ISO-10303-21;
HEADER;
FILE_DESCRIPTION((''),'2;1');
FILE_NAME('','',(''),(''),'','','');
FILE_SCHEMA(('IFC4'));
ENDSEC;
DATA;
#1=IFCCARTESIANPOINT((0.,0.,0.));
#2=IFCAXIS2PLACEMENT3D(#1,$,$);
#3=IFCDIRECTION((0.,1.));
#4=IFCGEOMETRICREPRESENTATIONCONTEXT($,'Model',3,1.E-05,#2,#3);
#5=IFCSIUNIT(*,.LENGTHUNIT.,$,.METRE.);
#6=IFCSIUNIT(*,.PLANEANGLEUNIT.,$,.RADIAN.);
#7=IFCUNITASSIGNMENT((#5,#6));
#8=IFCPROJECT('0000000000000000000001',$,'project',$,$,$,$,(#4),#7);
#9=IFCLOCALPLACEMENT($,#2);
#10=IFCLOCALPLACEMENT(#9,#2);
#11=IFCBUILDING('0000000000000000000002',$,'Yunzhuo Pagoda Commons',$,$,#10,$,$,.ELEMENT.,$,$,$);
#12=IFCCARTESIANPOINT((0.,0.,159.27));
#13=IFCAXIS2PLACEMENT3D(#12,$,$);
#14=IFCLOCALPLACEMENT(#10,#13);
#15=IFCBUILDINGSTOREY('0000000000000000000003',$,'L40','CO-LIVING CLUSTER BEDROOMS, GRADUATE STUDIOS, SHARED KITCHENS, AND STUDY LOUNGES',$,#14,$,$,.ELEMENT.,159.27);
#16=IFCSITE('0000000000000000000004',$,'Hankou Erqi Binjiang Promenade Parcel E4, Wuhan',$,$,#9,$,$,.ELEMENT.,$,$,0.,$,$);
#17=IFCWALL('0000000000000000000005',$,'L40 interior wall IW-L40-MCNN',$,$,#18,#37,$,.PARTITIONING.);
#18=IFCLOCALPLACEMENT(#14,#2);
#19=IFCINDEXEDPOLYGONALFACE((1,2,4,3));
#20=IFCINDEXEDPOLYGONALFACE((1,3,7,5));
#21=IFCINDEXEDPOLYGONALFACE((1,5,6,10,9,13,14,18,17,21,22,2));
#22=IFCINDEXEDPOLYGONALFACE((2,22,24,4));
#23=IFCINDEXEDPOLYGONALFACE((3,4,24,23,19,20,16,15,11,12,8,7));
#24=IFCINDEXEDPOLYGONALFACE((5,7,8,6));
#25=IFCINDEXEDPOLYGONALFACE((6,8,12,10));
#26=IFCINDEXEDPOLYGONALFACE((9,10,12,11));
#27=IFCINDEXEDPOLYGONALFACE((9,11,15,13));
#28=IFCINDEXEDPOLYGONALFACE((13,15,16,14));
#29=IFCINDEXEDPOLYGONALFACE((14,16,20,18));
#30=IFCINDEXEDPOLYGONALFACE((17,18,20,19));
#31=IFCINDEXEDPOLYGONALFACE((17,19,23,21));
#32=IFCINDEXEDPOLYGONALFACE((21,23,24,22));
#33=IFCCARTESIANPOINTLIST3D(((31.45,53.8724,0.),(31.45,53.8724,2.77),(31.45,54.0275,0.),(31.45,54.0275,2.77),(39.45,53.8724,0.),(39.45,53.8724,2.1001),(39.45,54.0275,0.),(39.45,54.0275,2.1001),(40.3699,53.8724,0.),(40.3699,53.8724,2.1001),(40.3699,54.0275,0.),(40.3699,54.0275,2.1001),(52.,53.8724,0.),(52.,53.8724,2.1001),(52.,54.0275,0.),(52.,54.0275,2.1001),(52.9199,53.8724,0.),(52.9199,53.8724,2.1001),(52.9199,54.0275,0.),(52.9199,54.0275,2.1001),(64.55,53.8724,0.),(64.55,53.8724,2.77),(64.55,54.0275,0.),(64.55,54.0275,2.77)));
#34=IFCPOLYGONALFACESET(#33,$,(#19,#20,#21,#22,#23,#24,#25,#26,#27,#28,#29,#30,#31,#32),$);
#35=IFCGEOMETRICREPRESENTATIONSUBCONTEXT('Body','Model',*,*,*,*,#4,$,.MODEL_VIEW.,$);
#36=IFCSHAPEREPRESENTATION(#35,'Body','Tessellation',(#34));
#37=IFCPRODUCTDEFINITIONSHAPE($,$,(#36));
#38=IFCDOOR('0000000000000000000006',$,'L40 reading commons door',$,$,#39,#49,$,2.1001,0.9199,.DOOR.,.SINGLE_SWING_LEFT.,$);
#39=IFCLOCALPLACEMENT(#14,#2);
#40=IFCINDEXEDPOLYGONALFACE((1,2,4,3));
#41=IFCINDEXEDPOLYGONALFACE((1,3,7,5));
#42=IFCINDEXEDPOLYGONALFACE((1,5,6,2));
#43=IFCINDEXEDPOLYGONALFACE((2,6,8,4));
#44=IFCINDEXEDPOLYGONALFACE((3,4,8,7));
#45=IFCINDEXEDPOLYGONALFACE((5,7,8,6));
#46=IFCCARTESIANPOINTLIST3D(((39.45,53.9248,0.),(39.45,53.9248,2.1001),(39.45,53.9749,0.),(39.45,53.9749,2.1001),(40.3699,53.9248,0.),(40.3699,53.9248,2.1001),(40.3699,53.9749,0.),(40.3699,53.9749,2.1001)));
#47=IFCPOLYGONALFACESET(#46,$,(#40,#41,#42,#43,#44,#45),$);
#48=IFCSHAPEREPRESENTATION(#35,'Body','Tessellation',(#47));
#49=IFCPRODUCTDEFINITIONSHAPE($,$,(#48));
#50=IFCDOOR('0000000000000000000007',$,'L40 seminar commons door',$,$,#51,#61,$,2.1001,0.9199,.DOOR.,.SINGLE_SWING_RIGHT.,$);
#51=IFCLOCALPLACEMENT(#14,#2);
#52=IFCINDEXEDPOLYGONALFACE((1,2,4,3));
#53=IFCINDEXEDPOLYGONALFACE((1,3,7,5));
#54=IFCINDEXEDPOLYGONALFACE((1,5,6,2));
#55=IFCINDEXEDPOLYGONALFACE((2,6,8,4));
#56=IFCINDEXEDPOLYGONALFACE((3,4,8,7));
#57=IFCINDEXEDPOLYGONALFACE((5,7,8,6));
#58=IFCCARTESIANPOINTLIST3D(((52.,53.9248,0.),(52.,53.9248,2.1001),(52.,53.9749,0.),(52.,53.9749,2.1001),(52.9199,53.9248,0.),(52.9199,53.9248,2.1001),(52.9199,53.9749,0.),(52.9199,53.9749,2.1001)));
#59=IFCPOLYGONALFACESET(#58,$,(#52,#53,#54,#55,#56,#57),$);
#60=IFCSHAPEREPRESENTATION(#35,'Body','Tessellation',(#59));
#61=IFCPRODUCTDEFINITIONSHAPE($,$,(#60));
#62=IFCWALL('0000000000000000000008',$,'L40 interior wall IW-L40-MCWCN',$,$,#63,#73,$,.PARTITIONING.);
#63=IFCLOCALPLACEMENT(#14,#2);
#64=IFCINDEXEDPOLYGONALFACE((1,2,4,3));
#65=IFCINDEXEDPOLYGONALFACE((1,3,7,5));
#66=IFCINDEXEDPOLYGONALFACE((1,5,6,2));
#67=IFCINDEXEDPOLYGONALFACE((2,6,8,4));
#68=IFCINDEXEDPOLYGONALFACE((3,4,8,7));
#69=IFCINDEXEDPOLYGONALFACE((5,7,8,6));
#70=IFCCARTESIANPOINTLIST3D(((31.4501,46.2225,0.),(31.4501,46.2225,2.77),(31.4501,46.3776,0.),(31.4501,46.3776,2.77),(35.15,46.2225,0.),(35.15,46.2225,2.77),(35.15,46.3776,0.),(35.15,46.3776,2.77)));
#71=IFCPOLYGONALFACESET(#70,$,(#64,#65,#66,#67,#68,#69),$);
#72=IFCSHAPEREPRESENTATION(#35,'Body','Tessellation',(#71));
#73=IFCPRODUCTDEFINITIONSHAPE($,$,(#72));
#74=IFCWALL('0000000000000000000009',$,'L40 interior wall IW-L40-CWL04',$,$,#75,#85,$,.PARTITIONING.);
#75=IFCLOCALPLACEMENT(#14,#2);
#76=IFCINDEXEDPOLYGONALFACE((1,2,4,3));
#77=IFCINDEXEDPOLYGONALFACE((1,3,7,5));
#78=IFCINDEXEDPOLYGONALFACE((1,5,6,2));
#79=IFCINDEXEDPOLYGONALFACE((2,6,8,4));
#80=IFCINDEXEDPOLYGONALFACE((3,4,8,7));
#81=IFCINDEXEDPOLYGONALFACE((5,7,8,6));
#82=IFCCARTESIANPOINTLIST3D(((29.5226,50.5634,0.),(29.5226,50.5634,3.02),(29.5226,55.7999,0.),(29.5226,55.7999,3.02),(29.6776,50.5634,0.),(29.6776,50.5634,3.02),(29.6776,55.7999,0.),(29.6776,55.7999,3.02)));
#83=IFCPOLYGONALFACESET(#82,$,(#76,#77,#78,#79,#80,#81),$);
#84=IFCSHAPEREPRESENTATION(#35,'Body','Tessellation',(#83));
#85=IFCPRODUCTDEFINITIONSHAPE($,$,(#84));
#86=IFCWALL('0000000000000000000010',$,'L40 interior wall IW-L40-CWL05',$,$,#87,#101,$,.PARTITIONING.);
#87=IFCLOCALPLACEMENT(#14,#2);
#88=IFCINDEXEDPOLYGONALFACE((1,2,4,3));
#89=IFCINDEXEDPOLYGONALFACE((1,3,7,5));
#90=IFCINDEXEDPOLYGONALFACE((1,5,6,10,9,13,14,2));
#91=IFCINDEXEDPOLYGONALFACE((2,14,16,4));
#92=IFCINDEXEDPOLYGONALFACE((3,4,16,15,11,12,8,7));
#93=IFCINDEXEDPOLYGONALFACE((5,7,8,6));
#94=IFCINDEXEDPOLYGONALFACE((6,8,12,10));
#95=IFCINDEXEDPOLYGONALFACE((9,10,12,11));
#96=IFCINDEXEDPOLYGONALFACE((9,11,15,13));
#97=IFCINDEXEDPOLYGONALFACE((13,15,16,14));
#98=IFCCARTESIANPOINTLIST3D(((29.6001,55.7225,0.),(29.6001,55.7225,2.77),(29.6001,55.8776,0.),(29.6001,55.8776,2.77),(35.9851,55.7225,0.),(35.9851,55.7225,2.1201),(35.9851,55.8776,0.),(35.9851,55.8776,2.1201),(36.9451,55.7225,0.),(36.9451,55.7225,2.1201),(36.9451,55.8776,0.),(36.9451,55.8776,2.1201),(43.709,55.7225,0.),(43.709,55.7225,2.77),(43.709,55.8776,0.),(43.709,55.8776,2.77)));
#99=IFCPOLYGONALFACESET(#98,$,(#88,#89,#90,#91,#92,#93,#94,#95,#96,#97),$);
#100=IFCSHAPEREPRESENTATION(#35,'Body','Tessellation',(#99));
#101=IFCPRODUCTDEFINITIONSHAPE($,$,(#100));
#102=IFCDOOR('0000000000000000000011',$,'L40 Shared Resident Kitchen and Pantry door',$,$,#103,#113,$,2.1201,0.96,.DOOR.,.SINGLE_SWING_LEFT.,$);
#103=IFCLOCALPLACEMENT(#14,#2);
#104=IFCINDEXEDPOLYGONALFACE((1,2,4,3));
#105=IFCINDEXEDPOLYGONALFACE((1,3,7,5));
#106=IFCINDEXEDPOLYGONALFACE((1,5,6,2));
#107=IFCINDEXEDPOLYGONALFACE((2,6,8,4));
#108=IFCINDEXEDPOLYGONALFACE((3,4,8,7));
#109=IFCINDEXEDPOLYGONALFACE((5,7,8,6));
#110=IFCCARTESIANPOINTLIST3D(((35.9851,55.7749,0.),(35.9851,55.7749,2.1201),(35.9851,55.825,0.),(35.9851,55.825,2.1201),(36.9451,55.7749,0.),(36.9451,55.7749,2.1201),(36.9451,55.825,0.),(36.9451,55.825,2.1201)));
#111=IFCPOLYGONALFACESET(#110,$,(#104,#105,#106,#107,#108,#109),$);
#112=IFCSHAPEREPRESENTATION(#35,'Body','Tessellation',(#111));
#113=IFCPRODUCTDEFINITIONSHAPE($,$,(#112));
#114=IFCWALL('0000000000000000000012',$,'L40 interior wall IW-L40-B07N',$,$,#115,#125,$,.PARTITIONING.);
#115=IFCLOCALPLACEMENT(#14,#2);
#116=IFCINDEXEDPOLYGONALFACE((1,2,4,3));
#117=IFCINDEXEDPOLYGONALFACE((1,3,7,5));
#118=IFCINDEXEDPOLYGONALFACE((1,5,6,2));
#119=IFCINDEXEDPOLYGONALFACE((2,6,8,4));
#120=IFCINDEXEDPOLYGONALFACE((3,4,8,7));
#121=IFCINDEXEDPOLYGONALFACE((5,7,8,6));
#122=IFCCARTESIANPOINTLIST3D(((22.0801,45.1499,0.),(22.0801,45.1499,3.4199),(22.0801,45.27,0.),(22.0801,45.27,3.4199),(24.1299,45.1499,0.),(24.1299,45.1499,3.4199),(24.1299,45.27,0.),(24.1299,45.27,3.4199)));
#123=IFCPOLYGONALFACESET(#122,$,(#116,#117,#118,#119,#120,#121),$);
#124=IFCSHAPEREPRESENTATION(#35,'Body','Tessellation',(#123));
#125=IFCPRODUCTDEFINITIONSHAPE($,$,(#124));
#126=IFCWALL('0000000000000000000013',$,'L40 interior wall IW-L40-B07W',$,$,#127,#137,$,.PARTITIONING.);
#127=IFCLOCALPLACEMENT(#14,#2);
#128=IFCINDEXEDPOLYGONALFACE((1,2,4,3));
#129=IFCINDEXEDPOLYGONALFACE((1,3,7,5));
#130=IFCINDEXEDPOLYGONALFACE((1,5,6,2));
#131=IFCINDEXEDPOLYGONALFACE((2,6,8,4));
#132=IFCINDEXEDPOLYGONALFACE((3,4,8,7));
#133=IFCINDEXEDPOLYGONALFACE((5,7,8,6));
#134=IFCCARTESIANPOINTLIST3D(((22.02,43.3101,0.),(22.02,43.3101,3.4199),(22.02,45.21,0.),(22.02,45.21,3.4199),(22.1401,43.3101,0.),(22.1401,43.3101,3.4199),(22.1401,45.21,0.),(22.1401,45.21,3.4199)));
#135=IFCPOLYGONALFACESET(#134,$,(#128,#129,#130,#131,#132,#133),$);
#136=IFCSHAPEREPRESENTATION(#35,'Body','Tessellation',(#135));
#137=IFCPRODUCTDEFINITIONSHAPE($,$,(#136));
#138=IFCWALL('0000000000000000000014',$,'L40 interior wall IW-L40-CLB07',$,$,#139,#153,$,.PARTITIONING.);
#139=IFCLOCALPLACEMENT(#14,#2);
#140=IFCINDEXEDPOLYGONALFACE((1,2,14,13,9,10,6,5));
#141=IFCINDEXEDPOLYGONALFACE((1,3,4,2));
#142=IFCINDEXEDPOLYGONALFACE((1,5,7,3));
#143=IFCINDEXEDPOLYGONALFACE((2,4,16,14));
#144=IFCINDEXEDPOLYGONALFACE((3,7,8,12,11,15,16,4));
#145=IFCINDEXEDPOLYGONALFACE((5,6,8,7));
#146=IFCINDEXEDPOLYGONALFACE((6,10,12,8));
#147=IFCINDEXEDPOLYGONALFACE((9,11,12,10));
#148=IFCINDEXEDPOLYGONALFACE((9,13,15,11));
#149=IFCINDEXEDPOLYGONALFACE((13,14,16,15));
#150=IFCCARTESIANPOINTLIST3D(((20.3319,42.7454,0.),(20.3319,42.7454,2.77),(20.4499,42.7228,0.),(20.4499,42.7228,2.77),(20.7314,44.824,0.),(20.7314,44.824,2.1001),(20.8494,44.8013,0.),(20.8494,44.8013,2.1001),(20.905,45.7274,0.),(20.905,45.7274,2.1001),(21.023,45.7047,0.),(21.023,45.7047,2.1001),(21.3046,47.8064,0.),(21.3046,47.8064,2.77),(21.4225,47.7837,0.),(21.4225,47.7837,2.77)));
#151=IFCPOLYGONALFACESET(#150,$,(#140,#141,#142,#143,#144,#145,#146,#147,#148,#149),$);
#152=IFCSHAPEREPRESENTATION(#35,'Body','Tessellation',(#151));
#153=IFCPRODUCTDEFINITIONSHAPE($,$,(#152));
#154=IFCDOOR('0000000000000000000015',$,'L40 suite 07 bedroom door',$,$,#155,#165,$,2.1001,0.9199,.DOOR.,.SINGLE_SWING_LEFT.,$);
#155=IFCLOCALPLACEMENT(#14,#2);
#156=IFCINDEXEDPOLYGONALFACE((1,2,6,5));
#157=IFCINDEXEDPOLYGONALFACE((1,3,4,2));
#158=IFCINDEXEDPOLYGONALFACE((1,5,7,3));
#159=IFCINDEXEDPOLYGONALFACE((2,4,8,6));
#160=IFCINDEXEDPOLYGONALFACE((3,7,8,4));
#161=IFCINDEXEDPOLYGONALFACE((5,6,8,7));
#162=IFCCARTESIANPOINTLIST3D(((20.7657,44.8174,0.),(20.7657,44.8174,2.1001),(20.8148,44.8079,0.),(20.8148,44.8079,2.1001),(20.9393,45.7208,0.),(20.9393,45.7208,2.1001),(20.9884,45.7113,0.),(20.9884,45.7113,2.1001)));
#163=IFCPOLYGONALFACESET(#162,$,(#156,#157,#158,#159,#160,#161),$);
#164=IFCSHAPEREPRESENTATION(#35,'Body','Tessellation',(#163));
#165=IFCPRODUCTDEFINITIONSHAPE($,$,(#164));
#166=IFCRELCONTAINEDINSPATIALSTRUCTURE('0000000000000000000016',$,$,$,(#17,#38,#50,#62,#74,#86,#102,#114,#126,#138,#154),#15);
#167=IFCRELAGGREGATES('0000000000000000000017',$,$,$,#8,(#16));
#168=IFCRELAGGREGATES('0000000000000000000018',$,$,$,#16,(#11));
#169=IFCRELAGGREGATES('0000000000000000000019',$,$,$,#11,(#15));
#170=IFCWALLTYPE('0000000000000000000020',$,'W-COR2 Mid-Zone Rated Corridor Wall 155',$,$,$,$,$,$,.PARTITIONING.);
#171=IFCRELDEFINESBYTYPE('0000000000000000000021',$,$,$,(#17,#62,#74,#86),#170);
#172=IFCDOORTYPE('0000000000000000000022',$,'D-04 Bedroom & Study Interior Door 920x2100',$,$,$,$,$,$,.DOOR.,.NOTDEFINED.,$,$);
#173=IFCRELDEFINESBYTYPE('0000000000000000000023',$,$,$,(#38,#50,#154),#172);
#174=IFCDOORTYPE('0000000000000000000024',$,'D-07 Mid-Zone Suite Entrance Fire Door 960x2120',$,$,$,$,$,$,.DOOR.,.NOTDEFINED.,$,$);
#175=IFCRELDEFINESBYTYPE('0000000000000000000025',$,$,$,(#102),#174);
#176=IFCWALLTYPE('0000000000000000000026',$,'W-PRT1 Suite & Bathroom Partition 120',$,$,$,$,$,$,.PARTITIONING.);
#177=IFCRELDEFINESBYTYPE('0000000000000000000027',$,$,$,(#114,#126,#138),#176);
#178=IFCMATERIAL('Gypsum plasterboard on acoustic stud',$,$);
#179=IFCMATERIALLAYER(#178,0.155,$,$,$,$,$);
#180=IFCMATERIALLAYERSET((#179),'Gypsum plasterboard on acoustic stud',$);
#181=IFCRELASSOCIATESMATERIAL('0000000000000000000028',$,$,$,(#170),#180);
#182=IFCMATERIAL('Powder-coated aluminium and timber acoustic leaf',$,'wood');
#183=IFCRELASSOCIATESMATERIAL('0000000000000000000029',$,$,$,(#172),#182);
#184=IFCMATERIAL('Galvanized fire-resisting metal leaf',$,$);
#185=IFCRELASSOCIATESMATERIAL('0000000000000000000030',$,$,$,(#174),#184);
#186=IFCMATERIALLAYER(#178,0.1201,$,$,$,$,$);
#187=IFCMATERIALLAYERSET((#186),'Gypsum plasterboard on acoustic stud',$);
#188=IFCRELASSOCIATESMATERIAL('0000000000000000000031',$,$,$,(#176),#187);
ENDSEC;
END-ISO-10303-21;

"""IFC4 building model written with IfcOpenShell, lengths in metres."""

from ifc_helpers import new_model, si_unit, direction, frame, frame_2d, origin, origin_with_axes, place, context, subcontext, project, spatial, rectangle, extrude, source, transform, mapped, material, layer, layer_set, type_object, element, fill, save


model = new_model("IFC4")

# Units and contexts
model_context = context("Model", 3, precision=1e-05, world=origin(), true_north=direction((0.0, 1.0)))
body_context = subcontext(model_context, "Body", "Model", "MODEL_VIEW")
ifc_project = project(units=[si_unit("LENGTHUNIT", "METRE"), si_unit("PLANEANGLEUNIT", "RADIAN")], contexts=[model_context])

# Site, building, storey
site_placement = place(None, origin())
site = spatial("IfcSite", under=ifc_project, at=site_placement, Name="Hankou Erqi Binjiang Promenade Parcel E4, Wuhan", CompositionType="ELEMENT", RefElevation=0.0)
building_placement = place(site_placement, origin())
building = spatial("IfcBuilding", under=site, at=building_placement, Name="Yunzhuo Pagoda Commons", CompositionType="ELEMENT")
storey_placement = place(building_placement, frame((0.0, 0.0, 159.27)))
storey = spatial("IfcBuildingStorey", under=building, at=storey_placement, Name="L40", Description="CO-LIVING CLUSTER BEDROOMS, GRADUATE STUDIOS, SHARED KITCHENS, AND STUDY LOUNGES", CompositionType="ELEMENT", Elevation=159.27)

# Wall, openings, doors
ifc_material_1 = material(Name="Gypsum plasterboard on acoustic stud")
ifc_layer_1 = layer(ifc_material_1, 0.155)
ifc_layer_set_1 = layer_set([ifc_layer_1], Name="Gypsum plasterboard on acoustic stud")
wall_type_1 = type_object("IfcWallType", Name="W-COR2 Mid-Zone Rated Corridor Wall 155", PredefinedType="PARTITIONING", material=ifc_layer_set_1)
wall_1_placement = place(storey_placement, frame((31.45, 53.95, 0.0), z_axis=(0.0, 0.0, 1.0), x_axis=(1.0, 0.0, 0.0)))
wall_1 = element("IfcWall", 1, at=wall_1_placement, inside=storey, type_object=wall_type_1, Name="L40 interior wall IW-L40-MCNN", PredefinedType="PARTITIONING", context=body_context, shape_type="SweptSolid", body=[
    extrude(rectangle(XDim=33.1001, YDim=0.155, at=frame_2d((16.55, 0.0))), origin(), (0.0, 0.0, 1.0), 2.77),
])
opening_1_placement = place(wall_1_placement, frame((8.0, 0.0, 0.0)))
opening_1 = element("IfcOpeningElement", 2, at=opening_1_placement, cuts=wall_1, PredefinedType="OPENING", context=body_context, shape_type="SweptSolid", body=[
    extrude(rectangle(XDim=0.9199, YDim=2.1001, at=frame_2d((0.46, 1.05))), frame((0.0, 0.0874, 0.0), z_axis=(0.0, -1.0, 0.0), x_axis=(1.0, 0.0, 0.0)), (0.0, 0.0, 1.0), 0.175),
])
opening_2_placement = place(wall_1_placement, frame((20.55, 0.0, 0.0)))
opening_2 = element("IfcOpeningElement", 3, at=opening_2_placement, cuts=wall_1, PredefinedType="OPENING", context=body_context, shape_type="SweptSolid", body=[
    extrude(rectangle(XDim=0.9199, YDim=2.1001, at=frame_2d((0.46, 1.05))), frame((0.0, 0.0874, 0.0), z_axis=(0.0, -1.0, 0.0), x_axis=(1.0, 0.0, 0.0)), (0.0, 0.0, 1.0), 0.175),
])
ifc_material_2 = material(Name="Powder-coated aluminium and timber acoustic leaf", Category="wood")
door_type_1 = type_object("IfcDoorType", Name="D-04 Bedroom & Study Interior Door 920x2100", OperationType="NOTDEFINED", PredefinedType="DOOR", material=ifc_material_2)
shared_shape_1 = source(origin(), body_context, "Body", "SweptSolid", [
    extrude(rectangle(XDim=0.9199, YDim=2.1001, at=frame_2d((0.46, 1.05))), frame((0.0, 0.0249, 0.0), z_axis=(0.0, -1.0, 0.0), x_axis=(1.0, 0.0, 0.0)), (0.0, 0.0, 1.0), 0.05),
])
door_1_placement = place(opening_1_placement, origin_with_axes())
door_1 = element("IfcDoor", 4, at=door_1_placement, inside=storey, type_object=door_type_1, Name="L40 reading commons door", OperationType="SINGLE_SWING_LEFT", OverallHeight=2.1001, OverallWidth=0.9199, PredefinedType="DOOR", context=body_context, shape_type="MappedRepresentation", body=[
    mapped(shared_shape_1, transform((0.0, 0.0, 0.0), scale=1.0)),
])
fill(opening_1, door_1)
door_2_placement = place(opening_2_placement, origin_with_axes())
door_2 = element("IfcDoor", 5, at=door_2_placement, inside=storey, type_object=door_type_1, Name="L40 seminar commons door", OperationType="SINGLE_SWING_RIGHT", OverallHeight=2.1001, OverallWidth=0.9199, PredefinedType="DOOR", context=body_context, shape_type="MappedRepresentation", body=[
    mapped(shared_shape_1, transform((0.0, 0.0, 0.0), scale=1.0)),
])
fill(opening_2, door_2)

# Walls
wall_2_placement = place(storey_placement, frame((31.45, 46.3, 0.0), z_axis=(0.0, 0.0, 1.0), x_axis=(1.0, 0.0, 0.0)))
element("IfcWall", 6, at=wall_2_placement, inside=storey, type_object=wall_type_1, Name="L40 interior wall IW-L40-MCWCN", PredefinedType="PARTITIONING", context=body_context, shape_type="SweptSolid", body=[
    extrude(rectangle(XDim=3.7, YDim=0.155, at=frame_2d((1.8501, 0.0))), origin(), (0.0, 0.0, 1.0), 2.77),
])
wall_3_placement = place(storey_placement, frame((29.6001, 50.5635, 0.0), z_axis=(0.0, 0.0, 1.0), x_axis=(0.0, 1.0, 0.0)))
element("IfcWall", 7, at=wall_3_placement, inside=storey, type_object=wall_type_1, Name="L40 interior wall IW-L40-CWL04", PredefinedType="PARTITIONING", context=body_context, shape_type="SweptSolid", body=[
    extrude(rectangle(XDim=5.2366, YDim=0.155, at=frame_2d((2.6182, 0.0))), origin(), (0.0, 0.0, 1.0), 3.02),
])

# Wall, opening, door
wall_4_placement = place(storey_placement, frame((29.6001, 55.8, 0.0), z_axis=(0.0, 0.0, 1.0), x_axis=(1.0, 0.0, 0.0)))
wall_4 = element("IfcWall", 8, at=wall_4_placement, inside=storey, type_object=wall_type_1, Name="L40 interior wall IW-L40-CWL05", PredefinedType="PARTITIONING", context=body_context, shape_type="SweptSolid", body=[
    extrude(rectangle(XDim=14.1089, YDim=0.155, at=frame_2d((7.0544, 0.0))), origin(), (0.0, 0.0, 1.0), 2.77),
])
opening_3_placement = place(wall_4_placement, frame((6.385, 0.0, 0.0)))
opening_3 = element("IfcOpeningElement", 9, at=opening_3_placement, cuts=wall_4, PredefinedType="OPENING", context=body_context, shape_type="SweptSolid", body=[
    extrude(rectangle(XDim=0.96, YDim=2.1201, at=frame_2d((0.48, 1.0601))), frame((0.0, 0.0874, 0.0), z_axis=(0.0, -1.0, 0.0), x_axis=(1.0, 0.0, 0.0)), (0.0, 0.0, 1.0), 0.175),
])
ifc_material_3 = material(Name="Galvanized fire-resisting metal leaf")
door_type_2 = type_object("IfcDoorType", Name="D-07 Mid-Zone Suite Entrance Fire Door 960x2120", OperationType="NOTDEFINED", PredefinedType="DOOR", material=ifc_material_3)
shared_shape_2 = source(origin(), body_context, "Body", "SweptSolid", [
    extrude(rectangle(XDim=0.96, YDim=2.1201, at=frame_2d((0.48, 1.0601))), frame((0.0, 0.0249, 0.0), z_axis=(0.0, -1.0, 0.0), x_axis=(1.0, 0.0, 0.0)), (0.0, 0.0, 1.0), 0.05),
])
door_3_placement = place(opening_3_placement, origin_with_axes())
door_3 = element("IfcDoor", 10, at=door_3_placement, inside=storey, type_object=door_type_2, Name="L40 Shared Resident Kitchen and Pantry door", OperationType="SINGLE_SWING_LEFT", OverallHeight=2.1201, OverallWidth=0.96, PredefinedType="DOOR", context=body_context, shape_type="MappedRepresentation", body=[
    mapped(shared_shape_2, transform((0.0, 0.0, 0.0), scale=1.0)),
])
fill(opening_3, door_3)

# Walls
ifc_layer_2 = layer(ifc_material_1, 0.1201)
ifc_layer_set_2 = layer_set([ifc_layer_2], Name="Gypsum plasterboard on acoustic stud")
wall_type_2 = type_object("IfcWallType", Name="W-PRT1 Suite & Bathroom Partition 120", PredefinedType="PARTITIONING", material=ifc_layer_set_2)
wall_5_placement = place(storey_placement, frame((24.1299, 45.21, 0.0), z_axis=(0.0, 0.0, 1.0), x_axis=(-1.0, 0.0, 0.0)))
element("IfcWall", 11, at=wall_5_placement, inside=storey, type_object=wall_type_2, Name="L40 interior wall IW-L40-B07N", PredefinedType="PARTITIONING", context=body_context, shape_type="SweptSolid", body=[
    extrude(rectangle(XDim=2.0498, YDim=0.1201, at=frame_2d((1.0249, 0.0))), origin(), (0.0, 0.0, 1.0), 3.4199),
])
wall_6_placement = place(storey_placement, frame((22.0801, 45.21, 0.0), z_axis=(0.0, 0.0, 1.0), x_axis=(0.0, -1.0, 0.0)))
element("IfcWall", 12, at=wall_6_placement, inside=storey, type_object=wall_type_2, Name="L40 interior wall IW-L40-B07W", PredefinedType="PARTITIONING", context=body_context, shape_type="SweptSolid", body=[
    extrude(rectangle(XDim=1.8999, YDim=0.1201, at=frame_2d((0.95, 0.0))), origin(), (0.0, 0.0, 1.0), 3.4199),
])

# Wall, opening, door
wall_7_placement = place(storey_placement, frame((21.3635, 47.7949, 0.0), z_axis=(0.0, 0.0, 1.0), x_axis=(-0.188731, -0.982029, 0.0)))
wall_7 = element("IfcWall", 13, at=wall_7_placement, inside=storey, type_object=wall_type_2, Name="L40 interior wall IW-L40-CLB07", PredefinedType="PARTITIONING", context=body_context, shape_type="SweptSolid", body=[
    extrude(rectangle(XDim=5.1536, YDim=0.1201, at=frame_2d((2.5767, 0.0))), origin(), (0.0, 0.0, 1.0), 2.77),
])
opening_4_placement = place(wall_7_placement, frame((2.1169, 0.0, 0.0)))
opening_4 = element("IfcOpeningElement", 14, at=opening_4_placement, cuts=wall_7, PredefinedType="OPENING", context=body_context, shape_type="SweptSolid", body=[
    extrude(rectangle(XDim=0.9199, YDim=2.1001, at=frame_2d((0.46, 1.05))), frame((0.0, 0.0701, 0.0), z_axis=(0.0, -1.0, 0.0), x_axis=(1.0, 0.0, 0.0)), (0.0, 0.0, 1.0), 0.1401),
])
door_4_placement = place(opening_4_placement, origin_with_axes())
door_4 = element("IfcDoor", 15, at=door_4_placement, inside=storey, type_object=door_type_1, Name="L40 suite 07 bedroom door", OperationType="SINGLE_SWING_LEFT", OverallHeight=2.1001, OverallWidth=0.9199, PredefinedType="DOOR", context=body_context, shape_type="MappedRepresentation", body=[
    mapped(shared_shape_1, transform((0.0, 0.0, 0.0), scale=1.0)),
])
fill(opening_4, door_4)

save(model, "model.ifc")
